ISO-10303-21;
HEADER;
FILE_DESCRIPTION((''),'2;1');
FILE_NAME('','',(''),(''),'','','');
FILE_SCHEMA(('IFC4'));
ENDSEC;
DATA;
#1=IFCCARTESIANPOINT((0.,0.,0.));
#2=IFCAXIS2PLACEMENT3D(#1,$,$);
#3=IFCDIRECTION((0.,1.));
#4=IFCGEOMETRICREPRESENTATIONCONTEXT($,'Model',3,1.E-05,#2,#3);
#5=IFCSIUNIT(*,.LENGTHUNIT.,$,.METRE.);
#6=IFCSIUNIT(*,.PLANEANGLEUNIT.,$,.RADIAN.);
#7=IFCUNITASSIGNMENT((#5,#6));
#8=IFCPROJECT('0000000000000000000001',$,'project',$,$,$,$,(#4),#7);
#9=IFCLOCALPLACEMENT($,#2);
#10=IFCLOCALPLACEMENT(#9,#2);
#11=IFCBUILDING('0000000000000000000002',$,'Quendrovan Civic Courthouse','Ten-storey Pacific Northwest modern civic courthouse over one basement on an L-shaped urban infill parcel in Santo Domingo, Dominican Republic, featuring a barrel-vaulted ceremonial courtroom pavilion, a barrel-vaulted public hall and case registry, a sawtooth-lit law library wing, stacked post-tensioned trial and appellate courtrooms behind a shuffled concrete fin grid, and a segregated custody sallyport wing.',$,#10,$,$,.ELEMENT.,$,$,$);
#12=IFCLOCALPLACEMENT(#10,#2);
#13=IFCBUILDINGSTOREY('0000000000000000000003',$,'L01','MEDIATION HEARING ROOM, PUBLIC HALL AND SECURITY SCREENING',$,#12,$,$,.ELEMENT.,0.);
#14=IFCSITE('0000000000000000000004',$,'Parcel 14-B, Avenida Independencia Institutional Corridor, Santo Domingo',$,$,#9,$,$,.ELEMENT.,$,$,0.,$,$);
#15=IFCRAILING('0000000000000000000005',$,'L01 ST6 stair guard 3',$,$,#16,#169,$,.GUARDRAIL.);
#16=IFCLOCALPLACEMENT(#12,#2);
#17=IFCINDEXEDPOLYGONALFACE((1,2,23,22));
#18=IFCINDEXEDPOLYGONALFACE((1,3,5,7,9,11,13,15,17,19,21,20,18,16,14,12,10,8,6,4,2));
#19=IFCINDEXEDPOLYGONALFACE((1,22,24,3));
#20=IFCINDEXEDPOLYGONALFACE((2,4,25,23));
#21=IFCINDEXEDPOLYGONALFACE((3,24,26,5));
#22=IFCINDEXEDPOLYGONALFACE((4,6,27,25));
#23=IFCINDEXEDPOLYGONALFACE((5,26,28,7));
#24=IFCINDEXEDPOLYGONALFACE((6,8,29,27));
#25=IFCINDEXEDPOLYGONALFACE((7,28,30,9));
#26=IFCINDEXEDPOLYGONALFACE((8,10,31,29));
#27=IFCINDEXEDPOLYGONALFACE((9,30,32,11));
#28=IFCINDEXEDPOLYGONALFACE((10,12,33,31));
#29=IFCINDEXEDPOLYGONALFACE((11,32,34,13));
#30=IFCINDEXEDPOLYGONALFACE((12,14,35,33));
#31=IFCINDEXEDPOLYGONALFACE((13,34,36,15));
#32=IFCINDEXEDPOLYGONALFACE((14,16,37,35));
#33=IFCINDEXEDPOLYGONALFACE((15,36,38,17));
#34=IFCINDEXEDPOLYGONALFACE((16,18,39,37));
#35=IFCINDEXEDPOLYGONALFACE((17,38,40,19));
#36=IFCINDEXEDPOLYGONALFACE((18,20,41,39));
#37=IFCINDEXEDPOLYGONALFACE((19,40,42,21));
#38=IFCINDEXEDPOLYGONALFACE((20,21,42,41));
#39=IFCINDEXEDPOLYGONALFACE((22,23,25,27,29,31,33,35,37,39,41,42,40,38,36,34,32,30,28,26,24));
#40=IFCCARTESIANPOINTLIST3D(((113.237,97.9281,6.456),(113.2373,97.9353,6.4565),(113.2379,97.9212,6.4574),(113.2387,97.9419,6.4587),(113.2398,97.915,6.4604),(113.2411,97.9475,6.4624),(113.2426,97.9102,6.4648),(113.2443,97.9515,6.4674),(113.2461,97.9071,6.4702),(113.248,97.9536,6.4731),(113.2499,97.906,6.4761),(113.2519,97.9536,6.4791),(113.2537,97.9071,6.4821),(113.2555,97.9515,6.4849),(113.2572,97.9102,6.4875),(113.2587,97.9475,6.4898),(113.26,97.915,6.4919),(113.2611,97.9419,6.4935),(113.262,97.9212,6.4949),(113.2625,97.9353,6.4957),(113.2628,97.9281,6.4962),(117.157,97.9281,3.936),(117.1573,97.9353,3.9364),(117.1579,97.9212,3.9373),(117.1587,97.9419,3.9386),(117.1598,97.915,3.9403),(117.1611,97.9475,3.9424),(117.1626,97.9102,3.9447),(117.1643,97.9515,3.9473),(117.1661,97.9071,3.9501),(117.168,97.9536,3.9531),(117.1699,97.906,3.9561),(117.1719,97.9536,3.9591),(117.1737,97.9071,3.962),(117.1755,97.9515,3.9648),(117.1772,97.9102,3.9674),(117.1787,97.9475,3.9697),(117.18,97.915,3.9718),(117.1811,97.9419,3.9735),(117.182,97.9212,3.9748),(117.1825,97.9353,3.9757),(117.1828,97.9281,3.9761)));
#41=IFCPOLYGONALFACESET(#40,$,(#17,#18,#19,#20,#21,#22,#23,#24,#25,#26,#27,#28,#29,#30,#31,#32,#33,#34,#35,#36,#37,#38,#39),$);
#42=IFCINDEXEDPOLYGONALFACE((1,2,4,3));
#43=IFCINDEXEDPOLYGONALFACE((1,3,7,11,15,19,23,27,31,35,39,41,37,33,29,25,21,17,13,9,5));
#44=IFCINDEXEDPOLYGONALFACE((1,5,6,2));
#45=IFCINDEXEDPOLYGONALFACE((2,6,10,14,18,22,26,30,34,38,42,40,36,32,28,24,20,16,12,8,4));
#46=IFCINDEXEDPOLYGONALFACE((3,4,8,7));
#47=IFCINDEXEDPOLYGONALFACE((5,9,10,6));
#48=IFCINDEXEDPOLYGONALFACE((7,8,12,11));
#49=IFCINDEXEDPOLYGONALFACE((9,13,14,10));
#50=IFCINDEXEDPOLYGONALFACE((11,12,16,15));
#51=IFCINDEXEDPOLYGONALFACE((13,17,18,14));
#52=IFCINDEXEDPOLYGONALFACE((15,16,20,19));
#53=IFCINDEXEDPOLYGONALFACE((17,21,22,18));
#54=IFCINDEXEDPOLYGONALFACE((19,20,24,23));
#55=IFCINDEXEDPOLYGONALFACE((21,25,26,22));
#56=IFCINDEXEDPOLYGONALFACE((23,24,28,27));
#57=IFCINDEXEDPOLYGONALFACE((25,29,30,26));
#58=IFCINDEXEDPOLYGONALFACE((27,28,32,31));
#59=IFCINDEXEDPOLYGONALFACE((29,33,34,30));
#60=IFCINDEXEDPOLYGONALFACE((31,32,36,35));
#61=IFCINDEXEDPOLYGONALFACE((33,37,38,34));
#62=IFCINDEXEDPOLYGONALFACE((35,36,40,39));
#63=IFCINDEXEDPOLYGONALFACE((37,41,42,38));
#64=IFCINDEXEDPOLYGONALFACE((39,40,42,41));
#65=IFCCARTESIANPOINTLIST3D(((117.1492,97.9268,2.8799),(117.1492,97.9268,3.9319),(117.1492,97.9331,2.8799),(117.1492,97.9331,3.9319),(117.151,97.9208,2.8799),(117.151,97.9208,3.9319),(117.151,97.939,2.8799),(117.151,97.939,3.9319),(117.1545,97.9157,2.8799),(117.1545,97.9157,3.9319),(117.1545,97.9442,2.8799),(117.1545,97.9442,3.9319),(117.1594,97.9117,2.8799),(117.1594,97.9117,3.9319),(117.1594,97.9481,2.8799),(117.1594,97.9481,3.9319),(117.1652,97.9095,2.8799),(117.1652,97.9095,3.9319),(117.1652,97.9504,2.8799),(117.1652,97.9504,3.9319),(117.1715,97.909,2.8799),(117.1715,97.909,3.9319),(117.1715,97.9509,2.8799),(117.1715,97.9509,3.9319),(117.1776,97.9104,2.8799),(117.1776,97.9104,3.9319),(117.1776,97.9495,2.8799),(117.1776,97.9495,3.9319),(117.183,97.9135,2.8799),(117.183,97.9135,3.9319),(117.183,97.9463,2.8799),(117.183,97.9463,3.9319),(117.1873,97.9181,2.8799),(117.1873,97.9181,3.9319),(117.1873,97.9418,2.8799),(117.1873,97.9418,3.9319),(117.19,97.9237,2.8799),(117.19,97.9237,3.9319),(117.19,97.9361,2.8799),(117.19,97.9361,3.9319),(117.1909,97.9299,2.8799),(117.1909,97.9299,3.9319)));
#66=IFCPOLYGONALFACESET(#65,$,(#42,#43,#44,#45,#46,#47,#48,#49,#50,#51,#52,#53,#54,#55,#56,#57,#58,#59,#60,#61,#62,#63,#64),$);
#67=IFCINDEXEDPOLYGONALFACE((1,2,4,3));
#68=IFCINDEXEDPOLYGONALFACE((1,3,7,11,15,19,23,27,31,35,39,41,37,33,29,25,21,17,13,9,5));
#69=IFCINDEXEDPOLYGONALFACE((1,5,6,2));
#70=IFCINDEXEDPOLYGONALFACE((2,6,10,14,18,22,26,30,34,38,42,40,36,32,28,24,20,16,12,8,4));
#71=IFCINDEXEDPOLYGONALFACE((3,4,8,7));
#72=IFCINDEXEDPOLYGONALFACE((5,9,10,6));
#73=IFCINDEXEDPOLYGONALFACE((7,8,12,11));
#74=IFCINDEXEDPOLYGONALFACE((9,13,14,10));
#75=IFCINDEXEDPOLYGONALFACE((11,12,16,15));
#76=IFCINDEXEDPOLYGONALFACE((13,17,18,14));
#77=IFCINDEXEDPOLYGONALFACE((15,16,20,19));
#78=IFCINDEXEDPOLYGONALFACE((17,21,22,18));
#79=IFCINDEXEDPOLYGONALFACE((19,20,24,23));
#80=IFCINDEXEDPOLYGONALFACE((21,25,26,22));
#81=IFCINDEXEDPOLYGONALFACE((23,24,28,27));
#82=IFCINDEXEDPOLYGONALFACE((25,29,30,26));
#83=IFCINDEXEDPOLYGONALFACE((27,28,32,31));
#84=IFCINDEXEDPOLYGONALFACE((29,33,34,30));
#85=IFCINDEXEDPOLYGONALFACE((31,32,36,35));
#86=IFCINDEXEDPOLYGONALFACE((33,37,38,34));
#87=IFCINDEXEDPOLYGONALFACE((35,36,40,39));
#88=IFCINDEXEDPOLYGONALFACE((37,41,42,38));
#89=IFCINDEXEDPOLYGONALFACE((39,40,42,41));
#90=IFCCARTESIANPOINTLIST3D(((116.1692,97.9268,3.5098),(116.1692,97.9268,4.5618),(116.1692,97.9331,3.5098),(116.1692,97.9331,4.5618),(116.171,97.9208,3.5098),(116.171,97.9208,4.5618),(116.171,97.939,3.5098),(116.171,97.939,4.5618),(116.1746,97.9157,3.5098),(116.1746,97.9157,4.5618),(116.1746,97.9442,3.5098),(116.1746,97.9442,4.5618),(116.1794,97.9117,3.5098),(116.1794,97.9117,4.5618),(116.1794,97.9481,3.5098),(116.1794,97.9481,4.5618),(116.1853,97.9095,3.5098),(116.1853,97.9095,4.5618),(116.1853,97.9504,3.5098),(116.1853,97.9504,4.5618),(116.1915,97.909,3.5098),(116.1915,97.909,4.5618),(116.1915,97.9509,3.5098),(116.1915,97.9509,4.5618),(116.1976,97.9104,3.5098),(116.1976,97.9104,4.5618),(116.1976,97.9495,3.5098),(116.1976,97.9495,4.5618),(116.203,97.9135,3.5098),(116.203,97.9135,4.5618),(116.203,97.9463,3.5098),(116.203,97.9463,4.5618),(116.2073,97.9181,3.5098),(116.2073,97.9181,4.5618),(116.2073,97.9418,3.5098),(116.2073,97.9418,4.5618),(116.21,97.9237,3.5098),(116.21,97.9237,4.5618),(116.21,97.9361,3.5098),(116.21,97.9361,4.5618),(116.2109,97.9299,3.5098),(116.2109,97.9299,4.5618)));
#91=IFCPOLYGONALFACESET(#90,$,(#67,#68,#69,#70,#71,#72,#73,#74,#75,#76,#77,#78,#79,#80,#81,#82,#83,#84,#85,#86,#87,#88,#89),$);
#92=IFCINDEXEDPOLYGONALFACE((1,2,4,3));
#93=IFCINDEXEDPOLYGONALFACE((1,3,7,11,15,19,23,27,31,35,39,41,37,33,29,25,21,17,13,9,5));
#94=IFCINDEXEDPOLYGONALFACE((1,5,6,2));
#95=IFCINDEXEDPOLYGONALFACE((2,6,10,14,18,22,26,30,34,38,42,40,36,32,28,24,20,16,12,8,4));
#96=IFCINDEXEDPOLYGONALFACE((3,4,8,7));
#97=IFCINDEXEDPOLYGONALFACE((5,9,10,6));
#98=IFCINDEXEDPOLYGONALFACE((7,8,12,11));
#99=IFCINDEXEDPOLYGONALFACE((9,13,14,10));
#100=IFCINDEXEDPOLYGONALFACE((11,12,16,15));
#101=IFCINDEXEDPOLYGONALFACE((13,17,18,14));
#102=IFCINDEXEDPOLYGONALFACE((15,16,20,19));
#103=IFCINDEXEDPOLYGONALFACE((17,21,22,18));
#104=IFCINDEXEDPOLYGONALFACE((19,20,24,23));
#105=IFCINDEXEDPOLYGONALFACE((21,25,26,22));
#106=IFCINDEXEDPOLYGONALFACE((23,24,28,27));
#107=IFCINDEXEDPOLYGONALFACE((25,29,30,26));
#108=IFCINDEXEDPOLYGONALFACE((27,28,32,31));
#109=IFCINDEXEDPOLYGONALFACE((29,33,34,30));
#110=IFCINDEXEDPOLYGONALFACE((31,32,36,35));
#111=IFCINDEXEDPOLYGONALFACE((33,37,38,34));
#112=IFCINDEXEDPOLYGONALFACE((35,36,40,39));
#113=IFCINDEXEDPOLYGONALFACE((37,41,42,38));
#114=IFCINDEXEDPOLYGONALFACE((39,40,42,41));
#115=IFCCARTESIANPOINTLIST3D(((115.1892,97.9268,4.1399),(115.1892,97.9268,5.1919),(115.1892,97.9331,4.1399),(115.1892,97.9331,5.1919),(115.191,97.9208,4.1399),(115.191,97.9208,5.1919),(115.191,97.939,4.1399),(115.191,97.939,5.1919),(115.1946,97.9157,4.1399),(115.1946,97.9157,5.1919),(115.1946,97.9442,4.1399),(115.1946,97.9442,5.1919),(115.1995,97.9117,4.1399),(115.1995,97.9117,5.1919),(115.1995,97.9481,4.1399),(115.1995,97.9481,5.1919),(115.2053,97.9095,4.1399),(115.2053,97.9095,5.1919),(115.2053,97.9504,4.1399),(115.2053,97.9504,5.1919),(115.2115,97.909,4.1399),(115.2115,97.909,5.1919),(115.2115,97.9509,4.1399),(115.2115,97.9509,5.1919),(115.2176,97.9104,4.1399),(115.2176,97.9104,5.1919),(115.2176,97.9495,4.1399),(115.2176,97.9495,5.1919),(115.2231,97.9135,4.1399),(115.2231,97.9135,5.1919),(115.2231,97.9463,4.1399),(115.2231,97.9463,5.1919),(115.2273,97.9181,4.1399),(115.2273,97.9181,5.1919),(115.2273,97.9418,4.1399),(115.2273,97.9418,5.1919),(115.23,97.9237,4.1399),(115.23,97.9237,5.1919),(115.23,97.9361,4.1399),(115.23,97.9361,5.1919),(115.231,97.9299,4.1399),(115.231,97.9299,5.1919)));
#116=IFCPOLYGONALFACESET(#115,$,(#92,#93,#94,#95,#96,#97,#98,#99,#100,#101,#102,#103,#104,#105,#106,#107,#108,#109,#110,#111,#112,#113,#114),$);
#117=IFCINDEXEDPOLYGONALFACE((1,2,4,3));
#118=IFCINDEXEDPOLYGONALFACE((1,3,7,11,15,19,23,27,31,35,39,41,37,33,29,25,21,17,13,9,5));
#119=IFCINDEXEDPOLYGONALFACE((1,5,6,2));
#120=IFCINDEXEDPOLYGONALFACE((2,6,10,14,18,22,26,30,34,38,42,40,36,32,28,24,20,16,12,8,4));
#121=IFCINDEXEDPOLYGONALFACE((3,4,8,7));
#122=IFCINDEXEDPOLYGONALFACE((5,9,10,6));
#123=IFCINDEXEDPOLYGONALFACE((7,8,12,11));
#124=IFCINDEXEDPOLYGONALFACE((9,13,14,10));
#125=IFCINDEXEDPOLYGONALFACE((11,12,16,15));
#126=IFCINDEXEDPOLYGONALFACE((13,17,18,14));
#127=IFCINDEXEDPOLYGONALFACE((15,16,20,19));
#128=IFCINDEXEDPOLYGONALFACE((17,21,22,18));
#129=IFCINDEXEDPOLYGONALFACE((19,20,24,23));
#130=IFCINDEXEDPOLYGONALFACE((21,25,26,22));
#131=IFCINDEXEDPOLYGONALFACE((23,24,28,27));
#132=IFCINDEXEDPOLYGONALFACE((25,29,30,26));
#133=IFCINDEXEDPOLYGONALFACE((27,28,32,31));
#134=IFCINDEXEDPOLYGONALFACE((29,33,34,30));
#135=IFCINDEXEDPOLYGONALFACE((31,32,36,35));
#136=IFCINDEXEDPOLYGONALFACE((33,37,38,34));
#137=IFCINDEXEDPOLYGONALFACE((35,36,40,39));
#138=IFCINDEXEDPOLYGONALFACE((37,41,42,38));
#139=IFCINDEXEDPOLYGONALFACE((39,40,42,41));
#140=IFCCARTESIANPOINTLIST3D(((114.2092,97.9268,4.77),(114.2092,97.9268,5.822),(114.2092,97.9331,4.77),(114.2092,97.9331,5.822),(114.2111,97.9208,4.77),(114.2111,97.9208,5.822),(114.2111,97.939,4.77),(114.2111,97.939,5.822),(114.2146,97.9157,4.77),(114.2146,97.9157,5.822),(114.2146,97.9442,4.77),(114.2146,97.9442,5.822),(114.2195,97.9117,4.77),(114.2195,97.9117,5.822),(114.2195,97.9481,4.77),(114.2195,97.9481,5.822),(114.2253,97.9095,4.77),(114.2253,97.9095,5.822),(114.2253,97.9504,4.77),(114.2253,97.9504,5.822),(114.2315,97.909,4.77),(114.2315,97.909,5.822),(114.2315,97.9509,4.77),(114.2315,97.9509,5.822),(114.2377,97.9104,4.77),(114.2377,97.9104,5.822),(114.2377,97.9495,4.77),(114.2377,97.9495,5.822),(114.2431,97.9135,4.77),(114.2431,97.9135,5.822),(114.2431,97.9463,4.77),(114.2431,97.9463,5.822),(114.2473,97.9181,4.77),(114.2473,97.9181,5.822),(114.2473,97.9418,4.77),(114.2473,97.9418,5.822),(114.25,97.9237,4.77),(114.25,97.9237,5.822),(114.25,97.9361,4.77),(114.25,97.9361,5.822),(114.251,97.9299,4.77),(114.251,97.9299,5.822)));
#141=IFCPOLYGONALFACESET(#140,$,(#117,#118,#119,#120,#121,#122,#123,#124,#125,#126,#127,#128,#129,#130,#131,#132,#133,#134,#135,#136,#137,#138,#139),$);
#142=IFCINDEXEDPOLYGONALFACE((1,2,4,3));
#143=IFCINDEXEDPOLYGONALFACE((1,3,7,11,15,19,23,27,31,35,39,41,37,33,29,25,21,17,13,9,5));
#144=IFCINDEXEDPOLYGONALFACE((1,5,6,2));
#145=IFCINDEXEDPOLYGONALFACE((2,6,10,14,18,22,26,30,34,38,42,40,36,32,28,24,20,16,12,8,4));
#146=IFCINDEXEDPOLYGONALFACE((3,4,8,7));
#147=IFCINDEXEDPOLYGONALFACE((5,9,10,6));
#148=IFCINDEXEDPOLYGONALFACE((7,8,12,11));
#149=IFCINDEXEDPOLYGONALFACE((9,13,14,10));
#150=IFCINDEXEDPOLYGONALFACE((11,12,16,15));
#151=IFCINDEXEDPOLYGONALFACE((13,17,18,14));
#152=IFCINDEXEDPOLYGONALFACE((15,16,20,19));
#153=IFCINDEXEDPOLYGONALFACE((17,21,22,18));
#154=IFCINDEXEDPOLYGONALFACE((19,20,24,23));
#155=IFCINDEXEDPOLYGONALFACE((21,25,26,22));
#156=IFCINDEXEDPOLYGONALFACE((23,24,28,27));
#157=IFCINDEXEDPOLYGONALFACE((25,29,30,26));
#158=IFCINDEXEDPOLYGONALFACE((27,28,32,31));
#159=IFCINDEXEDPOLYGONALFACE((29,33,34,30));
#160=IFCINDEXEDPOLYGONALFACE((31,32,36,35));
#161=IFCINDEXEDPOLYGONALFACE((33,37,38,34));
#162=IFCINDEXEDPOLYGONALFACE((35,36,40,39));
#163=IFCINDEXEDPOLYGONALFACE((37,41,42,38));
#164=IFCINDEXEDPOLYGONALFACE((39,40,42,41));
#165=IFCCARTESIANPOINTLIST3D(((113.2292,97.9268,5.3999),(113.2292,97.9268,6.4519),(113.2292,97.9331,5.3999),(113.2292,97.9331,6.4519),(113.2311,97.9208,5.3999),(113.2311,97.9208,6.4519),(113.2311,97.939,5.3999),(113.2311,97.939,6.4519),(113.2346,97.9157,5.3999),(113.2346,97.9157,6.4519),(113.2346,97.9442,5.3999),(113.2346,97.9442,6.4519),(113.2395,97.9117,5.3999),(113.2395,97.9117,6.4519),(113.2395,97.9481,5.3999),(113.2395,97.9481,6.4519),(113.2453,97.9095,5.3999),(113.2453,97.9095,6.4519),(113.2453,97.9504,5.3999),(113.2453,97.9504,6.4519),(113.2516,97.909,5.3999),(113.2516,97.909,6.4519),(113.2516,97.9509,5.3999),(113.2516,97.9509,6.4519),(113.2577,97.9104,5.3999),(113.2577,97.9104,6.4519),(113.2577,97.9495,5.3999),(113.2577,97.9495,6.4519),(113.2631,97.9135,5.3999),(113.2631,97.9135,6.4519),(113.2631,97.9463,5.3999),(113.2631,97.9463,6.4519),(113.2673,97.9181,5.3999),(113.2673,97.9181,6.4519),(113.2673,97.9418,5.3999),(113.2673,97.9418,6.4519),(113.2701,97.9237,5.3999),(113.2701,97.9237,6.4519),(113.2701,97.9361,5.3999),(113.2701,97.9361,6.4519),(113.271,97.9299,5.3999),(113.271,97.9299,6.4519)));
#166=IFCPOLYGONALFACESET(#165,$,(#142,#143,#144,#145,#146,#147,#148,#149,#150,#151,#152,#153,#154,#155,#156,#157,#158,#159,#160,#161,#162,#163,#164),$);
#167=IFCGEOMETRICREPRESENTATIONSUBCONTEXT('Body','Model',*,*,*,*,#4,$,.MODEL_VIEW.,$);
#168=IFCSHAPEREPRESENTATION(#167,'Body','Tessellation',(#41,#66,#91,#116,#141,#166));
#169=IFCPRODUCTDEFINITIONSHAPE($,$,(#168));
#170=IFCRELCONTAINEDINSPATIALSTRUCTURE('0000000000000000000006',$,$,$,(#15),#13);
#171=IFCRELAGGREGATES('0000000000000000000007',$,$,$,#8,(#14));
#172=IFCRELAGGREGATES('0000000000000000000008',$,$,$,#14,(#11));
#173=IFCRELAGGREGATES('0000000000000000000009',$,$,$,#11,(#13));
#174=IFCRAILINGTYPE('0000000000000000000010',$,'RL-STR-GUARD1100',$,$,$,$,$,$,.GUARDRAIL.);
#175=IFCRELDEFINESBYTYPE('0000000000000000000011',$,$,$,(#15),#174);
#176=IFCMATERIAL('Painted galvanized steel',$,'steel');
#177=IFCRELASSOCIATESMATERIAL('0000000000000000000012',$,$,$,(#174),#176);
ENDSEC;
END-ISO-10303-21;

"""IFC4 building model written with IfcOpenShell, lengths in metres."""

from ifc_helpers import new_model, si_unit, direction, frame, origin, origin_2d, place, context, subcontext, project, spatial, circle, extrude, material, type_object, element, save


model = new_model("IFC4")

# Units and contexts
model_context = context("Model", 3, precision=1e-05, world=origin(), true_north=direction((0.0, 1.0)))
body_context = subcontext(model_context, "Body", "Model", "MODEL_VIEW")
ifc_project = project(units=[si_unit("LENGTHUNIT", "METRE"), si_unit("PLANEANGLEUNIT", "RADIAN")], contexts=[model_context])

# Site, building, storey
site_placement = place(None, origin())
site = spatial("IfcSite", under=ifc_project, at=site_placement, Name="Parcel 14-B, Avenida Independencia Institutional Corridor, Santo Domingo", CompositionType="ELEMENT", RefElevation=0.0)
building_placement = place(site_placement, origin())
building = spatial("IfcBuilding", under=site, at=building_placement, Name="Quendrovan Civic Courthouse", Description="Ten-storey Pacific Northwest modern civic courthouse over one basement on an L-shaped urban infill parcel in Santo Domingo, Dominican Republic, featuring a barrel-vaulted ceremonial courtroom pavilion, a barrel-vaulted public hall and case registry, a sawtooth-lit law library wing, stacked post-tensioned trial and appellate courtrooms behind a shuffled concrete fin grid, and a segregated custody sallyport wing.", CompositionType="ELEMENT")
storey_placement = place(building_placement, origin())
storey = spatial("IfcBuildingStorey", under=building, at=storey_placement, Name="L01", Description="MEDIATION HEARING ROOM, PUBLIC HALL AND SECURITY SCREENING", CompositionType="ELEMENT", Elevation=0.0)

# Railing
ifc_material_1 = material(Name="Painted galvanized steel", Category="steel")
railing_type_1 = type_object("IfcRailingType", Name="RL-STR-GUARD1100", PredefinedType="GUARDRAIL", material=ifc_material_1)
railing_1_placement = place(storey_placement, frame((117.1699, 97.9299, 2.8799)))
element("IfcRailing", 1, at=railing_1_placement, inside=storey, type_object=railing_type_1, Name="L01 ST6 stair guard 3", PredefinedType="GUARDRAIL", context=body_context, shape_type="SweptSolid", body=[
    extrude(circle(Radius=0.0239, at=origin_2d()), frame((0.0, 0.0, 1.0762), z_axis=(-0.841172, 0.0, 0.540768), x_axis=(0.0, -1.0, 0.0)), (0.0, 0.0, 1.0), 4.6602),
    extrude(circle(Radius=0.021, at=origin_2d()), origin(), (0.0, 0.0, 1.0), 1.052),
    extrude(circle(Radius=0.021, at=origin_2d()), frame((-0.98, 0.0, 0.6299)), (0.0, 0.0, 1.0), 1.052),
    extrude(circle(Radius=0.021, at=origin_2d()), frame((-1.96, 0.0, 1.26)), (0.0, 0.0, 1.0), 1.052),
    extrude(circle(Radius=0.021, at=origin_2d()), frame((-2.9399, 0.0, 1.8901)), (0.0, 0.0, 1.0), 1.052),
    extrude(circle(Radius=0.021, at=origin_2d()), frame((-3.9199, 0.0, 2.52)), (0.0, 0.0, 1.0), 1.052),
])

save(model, "model.ifc")
